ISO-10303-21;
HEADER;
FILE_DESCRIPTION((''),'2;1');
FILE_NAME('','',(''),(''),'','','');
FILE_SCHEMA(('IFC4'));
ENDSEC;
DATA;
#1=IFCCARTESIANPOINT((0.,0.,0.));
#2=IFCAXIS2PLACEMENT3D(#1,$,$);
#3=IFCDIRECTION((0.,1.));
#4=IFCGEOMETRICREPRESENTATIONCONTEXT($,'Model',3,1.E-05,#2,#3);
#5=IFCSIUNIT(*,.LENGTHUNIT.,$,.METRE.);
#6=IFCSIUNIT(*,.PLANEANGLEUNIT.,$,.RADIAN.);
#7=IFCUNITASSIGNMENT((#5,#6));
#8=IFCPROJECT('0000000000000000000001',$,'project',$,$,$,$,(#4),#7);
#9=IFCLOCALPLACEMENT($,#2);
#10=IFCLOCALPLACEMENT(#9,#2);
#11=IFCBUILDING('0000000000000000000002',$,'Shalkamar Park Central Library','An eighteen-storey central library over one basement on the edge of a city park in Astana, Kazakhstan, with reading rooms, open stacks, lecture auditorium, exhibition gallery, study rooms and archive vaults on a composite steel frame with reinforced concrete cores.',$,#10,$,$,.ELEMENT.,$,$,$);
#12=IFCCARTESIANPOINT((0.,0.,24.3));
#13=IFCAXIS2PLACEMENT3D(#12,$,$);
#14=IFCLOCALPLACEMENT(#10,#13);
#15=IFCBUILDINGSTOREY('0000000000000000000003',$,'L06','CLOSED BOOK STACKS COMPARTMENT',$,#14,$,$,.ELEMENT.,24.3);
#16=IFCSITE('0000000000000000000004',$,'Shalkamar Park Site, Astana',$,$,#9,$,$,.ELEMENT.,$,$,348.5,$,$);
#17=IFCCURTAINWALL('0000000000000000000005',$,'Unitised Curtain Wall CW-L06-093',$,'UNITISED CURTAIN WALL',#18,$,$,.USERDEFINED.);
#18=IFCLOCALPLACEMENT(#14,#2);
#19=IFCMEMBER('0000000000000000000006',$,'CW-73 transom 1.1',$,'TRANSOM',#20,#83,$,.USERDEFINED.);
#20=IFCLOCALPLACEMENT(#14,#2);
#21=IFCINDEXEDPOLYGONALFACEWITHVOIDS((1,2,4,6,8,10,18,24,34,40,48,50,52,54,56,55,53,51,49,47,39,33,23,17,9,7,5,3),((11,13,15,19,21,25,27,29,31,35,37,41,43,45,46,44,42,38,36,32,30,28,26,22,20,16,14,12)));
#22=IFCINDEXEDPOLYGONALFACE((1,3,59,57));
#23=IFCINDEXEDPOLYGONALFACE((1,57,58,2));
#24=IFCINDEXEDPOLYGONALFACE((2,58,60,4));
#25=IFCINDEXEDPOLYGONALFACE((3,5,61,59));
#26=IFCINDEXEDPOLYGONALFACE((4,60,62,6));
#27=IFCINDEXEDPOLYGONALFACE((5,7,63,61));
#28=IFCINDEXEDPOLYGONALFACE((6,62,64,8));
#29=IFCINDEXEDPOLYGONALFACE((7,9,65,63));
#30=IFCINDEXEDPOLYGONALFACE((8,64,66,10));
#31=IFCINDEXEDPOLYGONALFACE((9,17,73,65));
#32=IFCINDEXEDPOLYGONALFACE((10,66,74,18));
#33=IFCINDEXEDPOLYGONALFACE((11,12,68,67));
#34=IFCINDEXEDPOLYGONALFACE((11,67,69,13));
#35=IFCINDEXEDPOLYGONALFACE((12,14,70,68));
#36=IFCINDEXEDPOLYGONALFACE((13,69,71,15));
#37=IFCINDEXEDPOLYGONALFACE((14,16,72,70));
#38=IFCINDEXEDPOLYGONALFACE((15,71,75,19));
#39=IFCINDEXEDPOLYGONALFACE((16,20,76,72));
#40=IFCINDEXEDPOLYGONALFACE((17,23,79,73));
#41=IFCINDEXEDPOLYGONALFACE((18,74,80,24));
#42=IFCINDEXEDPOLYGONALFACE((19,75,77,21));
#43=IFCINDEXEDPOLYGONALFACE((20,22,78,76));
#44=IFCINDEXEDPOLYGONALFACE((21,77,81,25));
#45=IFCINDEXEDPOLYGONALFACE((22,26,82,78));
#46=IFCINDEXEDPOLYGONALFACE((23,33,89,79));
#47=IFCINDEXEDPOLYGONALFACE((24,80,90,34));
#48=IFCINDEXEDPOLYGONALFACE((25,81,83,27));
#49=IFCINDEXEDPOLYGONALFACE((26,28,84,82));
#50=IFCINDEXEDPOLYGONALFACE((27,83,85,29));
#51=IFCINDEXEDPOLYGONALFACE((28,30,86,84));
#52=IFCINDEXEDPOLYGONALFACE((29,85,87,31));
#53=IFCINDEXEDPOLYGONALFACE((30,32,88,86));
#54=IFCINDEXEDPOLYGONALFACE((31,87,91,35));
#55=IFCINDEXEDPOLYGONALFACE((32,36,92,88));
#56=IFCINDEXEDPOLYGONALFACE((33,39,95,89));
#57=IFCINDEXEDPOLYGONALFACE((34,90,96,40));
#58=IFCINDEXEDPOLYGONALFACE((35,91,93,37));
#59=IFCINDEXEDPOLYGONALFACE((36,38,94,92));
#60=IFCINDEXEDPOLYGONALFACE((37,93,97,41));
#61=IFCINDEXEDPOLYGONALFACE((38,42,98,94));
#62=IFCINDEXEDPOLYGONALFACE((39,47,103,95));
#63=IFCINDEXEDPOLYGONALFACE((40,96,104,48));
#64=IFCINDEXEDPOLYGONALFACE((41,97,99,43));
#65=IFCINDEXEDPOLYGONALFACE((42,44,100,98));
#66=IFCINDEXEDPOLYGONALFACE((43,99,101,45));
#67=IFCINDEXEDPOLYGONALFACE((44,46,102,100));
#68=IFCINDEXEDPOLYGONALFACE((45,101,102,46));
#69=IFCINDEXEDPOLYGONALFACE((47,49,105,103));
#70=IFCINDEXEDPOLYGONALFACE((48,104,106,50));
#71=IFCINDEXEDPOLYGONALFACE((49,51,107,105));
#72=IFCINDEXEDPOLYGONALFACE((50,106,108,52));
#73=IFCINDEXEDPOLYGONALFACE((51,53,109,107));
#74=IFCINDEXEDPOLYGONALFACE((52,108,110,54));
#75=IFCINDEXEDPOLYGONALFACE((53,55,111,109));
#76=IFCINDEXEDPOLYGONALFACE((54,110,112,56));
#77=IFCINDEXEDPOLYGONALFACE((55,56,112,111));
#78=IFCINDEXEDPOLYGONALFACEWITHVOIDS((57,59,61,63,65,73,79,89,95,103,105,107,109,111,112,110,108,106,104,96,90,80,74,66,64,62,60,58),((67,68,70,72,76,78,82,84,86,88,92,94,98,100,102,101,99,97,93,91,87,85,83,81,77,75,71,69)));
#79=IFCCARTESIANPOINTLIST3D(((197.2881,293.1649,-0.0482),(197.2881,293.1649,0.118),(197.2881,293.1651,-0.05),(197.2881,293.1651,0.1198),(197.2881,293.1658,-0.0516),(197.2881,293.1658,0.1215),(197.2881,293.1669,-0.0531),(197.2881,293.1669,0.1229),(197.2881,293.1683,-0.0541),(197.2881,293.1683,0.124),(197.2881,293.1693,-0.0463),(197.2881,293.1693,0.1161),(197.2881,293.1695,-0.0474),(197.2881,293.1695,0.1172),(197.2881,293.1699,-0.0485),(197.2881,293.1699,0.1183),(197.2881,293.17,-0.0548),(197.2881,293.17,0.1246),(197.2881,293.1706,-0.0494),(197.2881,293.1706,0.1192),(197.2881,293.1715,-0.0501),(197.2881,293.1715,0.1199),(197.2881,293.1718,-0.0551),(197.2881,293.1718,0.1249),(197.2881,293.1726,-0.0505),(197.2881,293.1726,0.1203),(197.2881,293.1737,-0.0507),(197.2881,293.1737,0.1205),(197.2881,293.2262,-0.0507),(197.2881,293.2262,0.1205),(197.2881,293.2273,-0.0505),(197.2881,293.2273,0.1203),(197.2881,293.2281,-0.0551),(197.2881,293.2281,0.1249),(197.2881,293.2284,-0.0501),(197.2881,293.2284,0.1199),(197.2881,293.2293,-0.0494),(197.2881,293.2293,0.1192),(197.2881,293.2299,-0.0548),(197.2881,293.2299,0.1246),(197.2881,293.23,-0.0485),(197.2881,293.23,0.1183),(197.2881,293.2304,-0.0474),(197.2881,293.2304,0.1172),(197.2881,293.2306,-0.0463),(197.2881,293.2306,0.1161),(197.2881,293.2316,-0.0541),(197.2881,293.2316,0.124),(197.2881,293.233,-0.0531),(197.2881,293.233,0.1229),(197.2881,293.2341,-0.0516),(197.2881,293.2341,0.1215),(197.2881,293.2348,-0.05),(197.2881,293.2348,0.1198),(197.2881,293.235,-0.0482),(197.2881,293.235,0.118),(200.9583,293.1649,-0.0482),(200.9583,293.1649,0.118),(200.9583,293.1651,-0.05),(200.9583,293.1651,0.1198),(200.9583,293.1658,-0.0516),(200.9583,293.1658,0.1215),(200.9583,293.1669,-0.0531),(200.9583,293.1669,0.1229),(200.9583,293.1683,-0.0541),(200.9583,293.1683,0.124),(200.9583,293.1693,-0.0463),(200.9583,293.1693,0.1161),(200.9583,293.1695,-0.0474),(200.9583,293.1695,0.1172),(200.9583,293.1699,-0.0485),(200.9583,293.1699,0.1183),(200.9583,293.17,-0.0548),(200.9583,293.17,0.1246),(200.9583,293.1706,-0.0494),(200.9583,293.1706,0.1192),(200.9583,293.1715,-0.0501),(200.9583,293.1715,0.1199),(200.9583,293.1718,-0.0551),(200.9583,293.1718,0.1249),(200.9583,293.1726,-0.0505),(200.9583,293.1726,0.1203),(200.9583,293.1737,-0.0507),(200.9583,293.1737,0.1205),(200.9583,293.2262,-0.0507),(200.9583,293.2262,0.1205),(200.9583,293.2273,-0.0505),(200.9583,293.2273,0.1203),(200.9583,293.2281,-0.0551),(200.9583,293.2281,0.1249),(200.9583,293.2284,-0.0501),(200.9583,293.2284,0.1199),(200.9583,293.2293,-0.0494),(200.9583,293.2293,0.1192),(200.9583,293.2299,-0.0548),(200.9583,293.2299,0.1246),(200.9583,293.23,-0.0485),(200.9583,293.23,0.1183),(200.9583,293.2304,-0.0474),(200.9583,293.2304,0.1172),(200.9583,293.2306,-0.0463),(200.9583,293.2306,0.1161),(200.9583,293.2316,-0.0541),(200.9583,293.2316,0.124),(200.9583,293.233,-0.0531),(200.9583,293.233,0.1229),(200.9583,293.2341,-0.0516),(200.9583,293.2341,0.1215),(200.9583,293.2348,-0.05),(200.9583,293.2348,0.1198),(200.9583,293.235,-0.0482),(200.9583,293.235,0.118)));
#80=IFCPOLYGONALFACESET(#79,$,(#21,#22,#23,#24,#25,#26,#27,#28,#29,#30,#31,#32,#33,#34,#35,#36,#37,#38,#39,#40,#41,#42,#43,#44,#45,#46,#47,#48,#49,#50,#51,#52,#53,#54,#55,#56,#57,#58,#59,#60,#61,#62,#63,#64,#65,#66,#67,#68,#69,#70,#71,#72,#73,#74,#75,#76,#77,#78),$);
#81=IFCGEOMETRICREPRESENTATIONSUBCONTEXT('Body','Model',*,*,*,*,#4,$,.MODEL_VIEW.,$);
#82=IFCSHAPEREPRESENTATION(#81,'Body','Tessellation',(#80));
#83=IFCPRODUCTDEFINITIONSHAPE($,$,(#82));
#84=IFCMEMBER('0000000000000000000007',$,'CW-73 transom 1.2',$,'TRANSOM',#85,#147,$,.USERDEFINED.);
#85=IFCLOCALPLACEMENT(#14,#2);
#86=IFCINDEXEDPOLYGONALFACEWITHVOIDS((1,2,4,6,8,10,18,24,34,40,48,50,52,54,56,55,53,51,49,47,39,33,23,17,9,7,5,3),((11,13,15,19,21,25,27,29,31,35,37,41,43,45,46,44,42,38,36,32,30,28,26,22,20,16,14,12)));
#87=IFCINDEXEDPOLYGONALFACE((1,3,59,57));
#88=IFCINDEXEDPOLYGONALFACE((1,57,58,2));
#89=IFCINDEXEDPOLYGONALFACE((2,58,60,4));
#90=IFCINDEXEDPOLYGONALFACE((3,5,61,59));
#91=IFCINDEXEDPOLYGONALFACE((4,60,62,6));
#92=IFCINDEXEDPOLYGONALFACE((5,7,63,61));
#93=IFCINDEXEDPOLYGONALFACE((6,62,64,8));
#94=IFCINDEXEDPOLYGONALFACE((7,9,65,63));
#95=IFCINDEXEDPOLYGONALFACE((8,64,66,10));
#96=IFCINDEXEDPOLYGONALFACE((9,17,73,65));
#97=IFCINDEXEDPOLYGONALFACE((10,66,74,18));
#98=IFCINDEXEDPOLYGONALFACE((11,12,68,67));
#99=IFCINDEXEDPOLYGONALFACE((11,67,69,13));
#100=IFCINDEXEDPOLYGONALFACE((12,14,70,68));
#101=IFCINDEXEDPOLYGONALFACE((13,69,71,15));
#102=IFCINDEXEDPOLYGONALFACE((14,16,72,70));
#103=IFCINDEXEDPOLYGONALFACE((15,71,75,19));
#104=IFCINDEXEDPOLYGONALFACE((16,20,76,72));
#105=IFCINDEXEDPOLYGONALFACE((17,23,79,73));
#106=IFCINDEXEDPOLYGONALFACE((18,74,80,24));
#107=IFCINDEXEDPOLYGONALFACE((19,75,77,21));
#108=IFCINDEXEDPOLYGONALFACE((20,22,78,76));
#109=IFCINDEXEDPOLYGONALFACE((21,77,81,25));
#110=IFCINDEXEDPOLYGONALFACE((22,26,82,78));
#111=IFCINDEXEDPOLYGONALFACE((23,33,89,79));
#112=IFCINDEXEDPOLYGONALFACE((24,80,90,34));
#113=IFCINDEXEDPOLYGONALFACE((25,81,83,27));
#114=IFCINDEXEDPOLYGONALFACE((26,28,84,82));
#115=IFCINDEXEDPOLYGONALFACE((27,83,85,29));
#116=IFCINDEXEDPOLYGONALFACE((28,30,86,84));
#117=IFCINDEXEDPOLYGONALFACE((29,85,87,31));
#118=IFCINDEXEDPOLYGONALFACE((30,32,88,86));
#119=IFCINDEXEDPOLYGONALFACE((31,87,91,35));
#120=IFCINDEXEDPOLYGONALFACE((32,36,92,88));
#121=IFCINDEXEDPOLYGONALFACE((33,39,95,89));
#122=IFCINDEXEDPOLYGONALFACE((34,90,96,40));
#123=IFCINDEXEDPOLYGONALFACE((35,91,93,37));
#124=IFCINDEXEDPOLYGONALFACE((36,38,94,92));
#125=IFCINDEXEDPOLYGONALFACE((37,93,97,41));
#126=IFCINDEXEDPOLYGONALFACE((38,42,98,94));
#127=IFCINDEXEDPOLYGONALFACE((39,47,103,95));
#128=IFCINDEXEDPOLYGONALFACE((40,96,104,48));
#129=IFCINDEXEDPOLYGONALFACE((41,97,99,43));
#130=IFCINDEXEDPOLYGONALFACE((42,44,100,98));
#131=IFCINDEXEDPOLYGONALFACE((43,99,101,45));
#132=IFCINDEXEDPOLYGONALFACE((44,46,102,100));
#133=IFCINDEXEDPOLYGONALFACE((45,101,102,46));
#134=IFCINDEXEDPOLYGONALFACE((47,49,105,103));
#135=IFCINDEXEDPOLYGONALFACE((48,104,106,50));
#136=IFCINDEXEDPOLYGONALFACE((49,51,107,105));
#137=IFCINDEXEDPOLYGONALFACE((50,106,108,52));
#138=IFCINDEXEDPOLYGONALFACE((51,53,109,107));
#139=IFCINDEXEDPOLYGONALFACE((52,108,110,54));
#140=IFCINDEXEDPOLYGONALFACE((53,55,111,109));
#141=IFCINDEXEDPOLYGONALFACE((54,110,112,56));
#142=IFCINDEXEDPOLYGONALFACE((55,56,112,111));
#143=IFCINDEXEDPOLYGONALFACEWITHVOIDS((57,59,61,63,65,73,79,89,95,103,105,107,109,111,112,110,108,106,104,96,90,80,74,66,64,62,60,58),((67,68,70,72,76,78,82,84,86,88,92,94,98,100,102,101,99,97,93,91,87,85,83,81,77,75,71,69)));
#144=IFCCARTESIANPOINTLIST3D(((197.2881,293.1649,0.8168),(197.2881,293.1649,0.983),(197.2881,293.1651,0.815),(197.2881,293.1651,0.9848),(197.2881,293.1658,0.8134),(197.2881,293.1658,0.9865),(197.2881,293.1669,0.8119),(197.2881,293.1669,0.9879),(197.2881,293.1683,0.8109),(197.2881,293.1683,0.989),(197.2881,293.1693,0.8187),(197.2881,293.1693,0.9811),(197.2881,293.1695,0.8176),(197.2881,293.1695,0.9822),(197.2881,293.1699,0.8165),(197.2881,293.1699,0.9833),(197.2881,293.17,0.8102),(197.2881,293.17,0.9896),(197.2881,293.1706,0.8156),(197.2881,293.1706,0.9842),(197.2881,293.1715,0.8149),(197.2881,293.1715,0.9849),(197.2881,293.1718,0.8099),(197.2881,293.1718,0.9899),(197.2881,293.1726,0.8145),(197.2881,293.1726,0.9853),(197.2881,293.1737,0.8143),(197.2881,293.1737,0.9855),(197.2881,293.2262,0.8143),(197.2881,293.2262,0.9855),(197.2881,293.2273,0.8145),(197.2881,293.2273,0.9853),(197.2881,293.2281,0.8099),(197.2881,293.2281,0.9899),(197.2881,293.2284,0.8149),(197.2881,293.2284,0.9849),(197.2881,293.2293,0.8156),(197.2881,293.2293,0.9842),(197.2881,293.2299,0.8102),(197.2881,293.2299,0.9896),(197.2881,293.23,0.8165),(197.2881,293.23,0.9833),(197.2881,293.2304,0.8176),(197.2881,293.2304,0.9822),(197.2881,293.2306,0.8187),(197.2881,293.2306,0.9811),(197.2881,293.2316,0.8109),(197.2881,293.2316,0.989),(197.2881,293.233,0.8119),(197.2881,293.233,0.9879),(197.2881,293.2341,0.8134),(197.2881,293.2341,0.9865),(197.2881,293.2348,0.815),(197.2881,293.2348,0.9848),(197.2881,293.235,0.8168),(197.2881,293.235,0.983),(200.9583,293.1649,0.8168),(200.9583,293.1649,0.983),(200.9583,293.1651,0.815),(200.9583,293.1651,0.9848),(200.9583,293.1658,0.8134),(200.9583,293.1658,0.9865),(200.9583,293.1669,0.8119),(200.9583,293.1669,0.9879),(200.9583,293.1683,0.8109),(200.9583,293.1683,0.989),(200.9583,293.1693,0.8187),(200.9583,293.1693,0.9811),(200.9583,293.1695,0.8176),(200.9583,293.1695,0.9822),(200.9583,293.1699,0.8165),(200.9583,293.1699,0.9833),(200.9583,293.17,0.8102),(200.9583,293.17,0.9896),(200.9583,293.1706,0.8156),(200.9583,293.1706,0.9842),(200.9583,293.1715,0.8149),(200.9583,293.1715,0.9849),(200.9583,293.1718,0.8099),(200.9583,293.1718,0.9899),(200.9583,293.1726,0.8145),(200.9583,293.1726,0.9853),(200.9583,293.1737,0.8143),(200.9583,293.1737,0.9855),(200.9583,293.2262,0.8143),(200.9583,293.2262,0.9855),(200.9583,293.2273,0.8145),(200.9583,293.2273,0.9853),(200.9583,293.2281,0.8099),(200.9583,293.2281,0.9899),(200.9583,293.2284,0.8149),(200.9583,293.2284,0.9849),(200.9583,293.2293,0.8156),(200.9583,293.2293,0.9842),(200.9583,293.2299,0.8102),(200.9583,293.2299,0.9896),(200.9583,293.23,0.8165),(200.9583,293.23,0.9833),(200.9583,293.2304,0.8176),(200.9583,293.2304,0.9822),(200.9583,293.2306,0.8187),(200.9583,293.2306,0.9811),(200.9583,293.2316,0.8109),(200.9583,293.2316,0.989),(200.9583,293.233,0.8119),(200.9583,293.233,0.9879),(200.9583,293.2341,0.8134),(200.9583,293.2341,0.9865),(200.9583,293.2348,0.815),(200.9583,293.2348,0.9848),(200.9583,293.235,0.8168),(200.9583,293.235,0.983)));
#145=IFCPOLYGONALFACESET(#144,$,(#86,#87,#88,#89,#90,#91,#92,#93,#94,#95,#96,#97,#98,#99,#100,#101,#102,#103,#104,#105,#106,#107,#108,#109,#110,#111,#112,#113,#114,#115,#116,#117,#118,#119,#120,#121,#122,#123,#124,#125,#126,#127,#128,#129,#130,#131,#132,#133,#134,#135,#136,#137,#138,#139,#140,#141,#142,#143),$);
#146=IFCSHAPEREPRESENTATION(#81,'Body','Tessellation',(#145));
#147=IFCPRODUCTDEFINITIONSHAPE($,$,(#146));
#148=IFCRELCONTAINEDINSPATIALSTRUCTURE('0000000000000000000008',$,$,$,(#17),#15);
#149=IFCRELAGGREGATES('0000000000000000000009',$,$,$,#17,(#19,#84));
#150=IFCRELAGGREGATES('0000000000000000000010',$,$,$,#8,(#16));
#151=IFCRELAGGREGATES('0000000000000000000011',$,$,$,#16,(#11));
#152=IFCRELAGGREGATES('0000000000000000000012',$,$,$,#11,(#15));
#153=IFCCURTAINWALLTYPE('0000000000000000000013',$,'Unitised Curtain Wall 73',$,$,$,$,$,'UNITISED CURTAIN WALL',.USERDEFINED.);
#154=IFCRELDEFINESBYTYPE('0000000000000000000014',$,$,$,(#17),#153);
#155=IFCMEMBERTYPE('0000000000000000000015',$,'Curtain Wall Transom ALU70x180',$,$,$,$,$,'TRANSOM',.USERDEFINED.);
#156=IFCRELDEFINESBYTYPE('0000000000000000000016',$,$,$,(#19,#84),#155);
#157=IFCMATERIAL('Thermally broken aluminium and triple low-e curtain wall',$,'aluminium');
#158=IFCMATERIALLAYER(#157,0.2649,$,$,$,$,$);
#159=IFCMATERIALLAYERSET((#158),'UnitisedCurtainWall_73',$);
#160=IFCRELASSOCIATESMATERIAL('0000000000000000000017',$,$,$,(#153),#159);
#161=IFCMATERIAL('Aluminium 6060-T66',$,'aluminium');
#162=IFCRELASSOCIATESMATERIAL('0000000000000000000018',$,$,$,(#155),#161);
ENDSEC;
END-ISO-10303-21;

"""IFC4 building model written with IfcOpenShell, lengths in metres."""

from ifc_helpers import new_model, si_unit, direction, frame, origin, origin_2d, place, context, subcontext, project, spatial, hollow_rectangle, extrude, material, layer, layer_set, material_profile, profile_set, type_object, element, aggregate, save


model = new_model("IFC4")

# Units and contexts
model_context = context("Model", 3, precision=1e-05, world=origin(), true_north=direction((0.0, 1.0)))
body_context = subcontext(model_context, "Body", "Model", "MODEL_VIEW")
ifc_project = project(units=[si_unit("LENGTHUNIT", "METRE"), si_unit("PLANEANGLEUNIT", "RADIAN")], contexts=[model_context])

# Site, building, storey
site_placement = place(None, origin())
site = spatial("IfcSite", under=ifc_project, at=site_placement, Name="Shalkamar Park Site, Astana", CompositionType="ELEMENT", RefElevation=348.5)
building_placement = place(site_placement, origin())
building = spatial("IfcBuilding", under=site, at=building_placement, Name="Shalkamar Park Central Library", Description="An eighteen-storey central library over one basement on the edge of a city park in Astana, Kazakhstan, with reading rooms, open stacks, lecture auditorium, exhibition gallery, study rooms and archive vaults on a composite steel frame with reinforced concrete cores.", CompositionType="ELEMENT")
storey_placement = place(building_placement, frame((0.0, 0.0, 24.3)))
storey = spatial("IfcBuildingStorey", under=building, at=storey_placement, Name="L06", Description="CLOSED BOOK STACKS COMPARTMENT", CompositionType="ELEMENT", Elevation=24.3)

# Shared definitions
ifc_material_1 = material(Name="Thermally broken aluminium and triple low-e curtain wall", Category="aluminium")
ifc_material_2 = material(Name="Aluminium 6060-T66", Category="aluminium")

# Curtain wall
ifc_layer_1 = layer(ifc_material_1, 0.2649)
ifc_layer_set_1 = layer_set([ifc_layer_1], Name="UnitisedCurtainWall_73")
curtain_wall_type_1 = type_object("IfcCurtainWallType", Name="Unitised Curtain Wall 73", ElementType="UNITISED CURTAIN WALL", PredefinedType="USERDEFINED", material=ifc_layer_set_1)
curtain_wall_1_placement = place(storey_placement, origin())
curtain_wall_1 = element("IfcCurtainWall", 1, at=curtain_wall_1_placement, inside=storey, type_object=curtain_wall_type_1, Name="Unitised Curtain Wall CW-L06-093", ObjectType="UNITISED CURTAIN WALL", PredefinedType="USERDEFINED")

# Members
ifc_material_profile_1 = material_profile(ifc_material_2, hollow_rectangle(XDim=0.0701, YDim=0.1799, WallThickness=0.0044, InnerFilletRadius=0.0044, OuterFilletRadius=0.0068, at=origin_2d()), Name="ALU 70x180x4.5")
ifc_profile_set_1 = profile_set([ifc_material_profile_1], Name="Aluminium 6060-T66")
member_type_1 = type_object("IfcMemberType", Name="Curtain Wall Transom ALU70x180", ElementType="TRANSOM", PredefinedType="USERDEFINED", material=ifc_profile_set_1)
member_1_placement = place(storey_placement, frame((197.2881, 293.2, 0.0349), z_axis=(1.0, 0.0, 0.0), x_axis=(0.0, 1.0, 0.0)))
member_1 = element("IfcMember", 2, at=member_1_placement, type_object=member_type_1, Name="CW-73 transom 1.1", ObjectType="TRANSOM", PredefinedType="USERDEFINED", context=body_context, shape_type="SweptSolid", body=[
    extrude(hollow_rectangle(XDim=0.0701, YDim=0.1799, WallThickness=0.0044, InnerFilletRadius=0.0044, OuterFilletRadius=0.0068, at=origin_2d()), origin(), (0.0, 0.0, 1.0), 3.6702),
])
member_2_placement = place(storey_placement, frame((197.2881, 293.2, 0.8999), z_axis=(1.0, 0.0, 0.0), x_axis=(0.0, 1.0, 0.0)))
member_2 = element("IfcMember", 3, at=member_2_placement, type_object=member_type_1, Name="CW-73 transom 1.2", ObjectType="TRANSOM", PredefinedType="USERDEFINED", context=body_context, shape_type="SweptSolid", body=[
    extrude(hollow_rectangle(XDim=0.0701, YDim=0.1799, WallThickness=0.0044, InnerFilletRadius=0.0044, OuterFilletRadius=0.0068, at=origin_2d()), origin(), (0.0, 0.0, 1.0), 3.6702),
])

aggregate(curtain_wall_1, [member_1, member_2])

save(model, "model.ifc")
